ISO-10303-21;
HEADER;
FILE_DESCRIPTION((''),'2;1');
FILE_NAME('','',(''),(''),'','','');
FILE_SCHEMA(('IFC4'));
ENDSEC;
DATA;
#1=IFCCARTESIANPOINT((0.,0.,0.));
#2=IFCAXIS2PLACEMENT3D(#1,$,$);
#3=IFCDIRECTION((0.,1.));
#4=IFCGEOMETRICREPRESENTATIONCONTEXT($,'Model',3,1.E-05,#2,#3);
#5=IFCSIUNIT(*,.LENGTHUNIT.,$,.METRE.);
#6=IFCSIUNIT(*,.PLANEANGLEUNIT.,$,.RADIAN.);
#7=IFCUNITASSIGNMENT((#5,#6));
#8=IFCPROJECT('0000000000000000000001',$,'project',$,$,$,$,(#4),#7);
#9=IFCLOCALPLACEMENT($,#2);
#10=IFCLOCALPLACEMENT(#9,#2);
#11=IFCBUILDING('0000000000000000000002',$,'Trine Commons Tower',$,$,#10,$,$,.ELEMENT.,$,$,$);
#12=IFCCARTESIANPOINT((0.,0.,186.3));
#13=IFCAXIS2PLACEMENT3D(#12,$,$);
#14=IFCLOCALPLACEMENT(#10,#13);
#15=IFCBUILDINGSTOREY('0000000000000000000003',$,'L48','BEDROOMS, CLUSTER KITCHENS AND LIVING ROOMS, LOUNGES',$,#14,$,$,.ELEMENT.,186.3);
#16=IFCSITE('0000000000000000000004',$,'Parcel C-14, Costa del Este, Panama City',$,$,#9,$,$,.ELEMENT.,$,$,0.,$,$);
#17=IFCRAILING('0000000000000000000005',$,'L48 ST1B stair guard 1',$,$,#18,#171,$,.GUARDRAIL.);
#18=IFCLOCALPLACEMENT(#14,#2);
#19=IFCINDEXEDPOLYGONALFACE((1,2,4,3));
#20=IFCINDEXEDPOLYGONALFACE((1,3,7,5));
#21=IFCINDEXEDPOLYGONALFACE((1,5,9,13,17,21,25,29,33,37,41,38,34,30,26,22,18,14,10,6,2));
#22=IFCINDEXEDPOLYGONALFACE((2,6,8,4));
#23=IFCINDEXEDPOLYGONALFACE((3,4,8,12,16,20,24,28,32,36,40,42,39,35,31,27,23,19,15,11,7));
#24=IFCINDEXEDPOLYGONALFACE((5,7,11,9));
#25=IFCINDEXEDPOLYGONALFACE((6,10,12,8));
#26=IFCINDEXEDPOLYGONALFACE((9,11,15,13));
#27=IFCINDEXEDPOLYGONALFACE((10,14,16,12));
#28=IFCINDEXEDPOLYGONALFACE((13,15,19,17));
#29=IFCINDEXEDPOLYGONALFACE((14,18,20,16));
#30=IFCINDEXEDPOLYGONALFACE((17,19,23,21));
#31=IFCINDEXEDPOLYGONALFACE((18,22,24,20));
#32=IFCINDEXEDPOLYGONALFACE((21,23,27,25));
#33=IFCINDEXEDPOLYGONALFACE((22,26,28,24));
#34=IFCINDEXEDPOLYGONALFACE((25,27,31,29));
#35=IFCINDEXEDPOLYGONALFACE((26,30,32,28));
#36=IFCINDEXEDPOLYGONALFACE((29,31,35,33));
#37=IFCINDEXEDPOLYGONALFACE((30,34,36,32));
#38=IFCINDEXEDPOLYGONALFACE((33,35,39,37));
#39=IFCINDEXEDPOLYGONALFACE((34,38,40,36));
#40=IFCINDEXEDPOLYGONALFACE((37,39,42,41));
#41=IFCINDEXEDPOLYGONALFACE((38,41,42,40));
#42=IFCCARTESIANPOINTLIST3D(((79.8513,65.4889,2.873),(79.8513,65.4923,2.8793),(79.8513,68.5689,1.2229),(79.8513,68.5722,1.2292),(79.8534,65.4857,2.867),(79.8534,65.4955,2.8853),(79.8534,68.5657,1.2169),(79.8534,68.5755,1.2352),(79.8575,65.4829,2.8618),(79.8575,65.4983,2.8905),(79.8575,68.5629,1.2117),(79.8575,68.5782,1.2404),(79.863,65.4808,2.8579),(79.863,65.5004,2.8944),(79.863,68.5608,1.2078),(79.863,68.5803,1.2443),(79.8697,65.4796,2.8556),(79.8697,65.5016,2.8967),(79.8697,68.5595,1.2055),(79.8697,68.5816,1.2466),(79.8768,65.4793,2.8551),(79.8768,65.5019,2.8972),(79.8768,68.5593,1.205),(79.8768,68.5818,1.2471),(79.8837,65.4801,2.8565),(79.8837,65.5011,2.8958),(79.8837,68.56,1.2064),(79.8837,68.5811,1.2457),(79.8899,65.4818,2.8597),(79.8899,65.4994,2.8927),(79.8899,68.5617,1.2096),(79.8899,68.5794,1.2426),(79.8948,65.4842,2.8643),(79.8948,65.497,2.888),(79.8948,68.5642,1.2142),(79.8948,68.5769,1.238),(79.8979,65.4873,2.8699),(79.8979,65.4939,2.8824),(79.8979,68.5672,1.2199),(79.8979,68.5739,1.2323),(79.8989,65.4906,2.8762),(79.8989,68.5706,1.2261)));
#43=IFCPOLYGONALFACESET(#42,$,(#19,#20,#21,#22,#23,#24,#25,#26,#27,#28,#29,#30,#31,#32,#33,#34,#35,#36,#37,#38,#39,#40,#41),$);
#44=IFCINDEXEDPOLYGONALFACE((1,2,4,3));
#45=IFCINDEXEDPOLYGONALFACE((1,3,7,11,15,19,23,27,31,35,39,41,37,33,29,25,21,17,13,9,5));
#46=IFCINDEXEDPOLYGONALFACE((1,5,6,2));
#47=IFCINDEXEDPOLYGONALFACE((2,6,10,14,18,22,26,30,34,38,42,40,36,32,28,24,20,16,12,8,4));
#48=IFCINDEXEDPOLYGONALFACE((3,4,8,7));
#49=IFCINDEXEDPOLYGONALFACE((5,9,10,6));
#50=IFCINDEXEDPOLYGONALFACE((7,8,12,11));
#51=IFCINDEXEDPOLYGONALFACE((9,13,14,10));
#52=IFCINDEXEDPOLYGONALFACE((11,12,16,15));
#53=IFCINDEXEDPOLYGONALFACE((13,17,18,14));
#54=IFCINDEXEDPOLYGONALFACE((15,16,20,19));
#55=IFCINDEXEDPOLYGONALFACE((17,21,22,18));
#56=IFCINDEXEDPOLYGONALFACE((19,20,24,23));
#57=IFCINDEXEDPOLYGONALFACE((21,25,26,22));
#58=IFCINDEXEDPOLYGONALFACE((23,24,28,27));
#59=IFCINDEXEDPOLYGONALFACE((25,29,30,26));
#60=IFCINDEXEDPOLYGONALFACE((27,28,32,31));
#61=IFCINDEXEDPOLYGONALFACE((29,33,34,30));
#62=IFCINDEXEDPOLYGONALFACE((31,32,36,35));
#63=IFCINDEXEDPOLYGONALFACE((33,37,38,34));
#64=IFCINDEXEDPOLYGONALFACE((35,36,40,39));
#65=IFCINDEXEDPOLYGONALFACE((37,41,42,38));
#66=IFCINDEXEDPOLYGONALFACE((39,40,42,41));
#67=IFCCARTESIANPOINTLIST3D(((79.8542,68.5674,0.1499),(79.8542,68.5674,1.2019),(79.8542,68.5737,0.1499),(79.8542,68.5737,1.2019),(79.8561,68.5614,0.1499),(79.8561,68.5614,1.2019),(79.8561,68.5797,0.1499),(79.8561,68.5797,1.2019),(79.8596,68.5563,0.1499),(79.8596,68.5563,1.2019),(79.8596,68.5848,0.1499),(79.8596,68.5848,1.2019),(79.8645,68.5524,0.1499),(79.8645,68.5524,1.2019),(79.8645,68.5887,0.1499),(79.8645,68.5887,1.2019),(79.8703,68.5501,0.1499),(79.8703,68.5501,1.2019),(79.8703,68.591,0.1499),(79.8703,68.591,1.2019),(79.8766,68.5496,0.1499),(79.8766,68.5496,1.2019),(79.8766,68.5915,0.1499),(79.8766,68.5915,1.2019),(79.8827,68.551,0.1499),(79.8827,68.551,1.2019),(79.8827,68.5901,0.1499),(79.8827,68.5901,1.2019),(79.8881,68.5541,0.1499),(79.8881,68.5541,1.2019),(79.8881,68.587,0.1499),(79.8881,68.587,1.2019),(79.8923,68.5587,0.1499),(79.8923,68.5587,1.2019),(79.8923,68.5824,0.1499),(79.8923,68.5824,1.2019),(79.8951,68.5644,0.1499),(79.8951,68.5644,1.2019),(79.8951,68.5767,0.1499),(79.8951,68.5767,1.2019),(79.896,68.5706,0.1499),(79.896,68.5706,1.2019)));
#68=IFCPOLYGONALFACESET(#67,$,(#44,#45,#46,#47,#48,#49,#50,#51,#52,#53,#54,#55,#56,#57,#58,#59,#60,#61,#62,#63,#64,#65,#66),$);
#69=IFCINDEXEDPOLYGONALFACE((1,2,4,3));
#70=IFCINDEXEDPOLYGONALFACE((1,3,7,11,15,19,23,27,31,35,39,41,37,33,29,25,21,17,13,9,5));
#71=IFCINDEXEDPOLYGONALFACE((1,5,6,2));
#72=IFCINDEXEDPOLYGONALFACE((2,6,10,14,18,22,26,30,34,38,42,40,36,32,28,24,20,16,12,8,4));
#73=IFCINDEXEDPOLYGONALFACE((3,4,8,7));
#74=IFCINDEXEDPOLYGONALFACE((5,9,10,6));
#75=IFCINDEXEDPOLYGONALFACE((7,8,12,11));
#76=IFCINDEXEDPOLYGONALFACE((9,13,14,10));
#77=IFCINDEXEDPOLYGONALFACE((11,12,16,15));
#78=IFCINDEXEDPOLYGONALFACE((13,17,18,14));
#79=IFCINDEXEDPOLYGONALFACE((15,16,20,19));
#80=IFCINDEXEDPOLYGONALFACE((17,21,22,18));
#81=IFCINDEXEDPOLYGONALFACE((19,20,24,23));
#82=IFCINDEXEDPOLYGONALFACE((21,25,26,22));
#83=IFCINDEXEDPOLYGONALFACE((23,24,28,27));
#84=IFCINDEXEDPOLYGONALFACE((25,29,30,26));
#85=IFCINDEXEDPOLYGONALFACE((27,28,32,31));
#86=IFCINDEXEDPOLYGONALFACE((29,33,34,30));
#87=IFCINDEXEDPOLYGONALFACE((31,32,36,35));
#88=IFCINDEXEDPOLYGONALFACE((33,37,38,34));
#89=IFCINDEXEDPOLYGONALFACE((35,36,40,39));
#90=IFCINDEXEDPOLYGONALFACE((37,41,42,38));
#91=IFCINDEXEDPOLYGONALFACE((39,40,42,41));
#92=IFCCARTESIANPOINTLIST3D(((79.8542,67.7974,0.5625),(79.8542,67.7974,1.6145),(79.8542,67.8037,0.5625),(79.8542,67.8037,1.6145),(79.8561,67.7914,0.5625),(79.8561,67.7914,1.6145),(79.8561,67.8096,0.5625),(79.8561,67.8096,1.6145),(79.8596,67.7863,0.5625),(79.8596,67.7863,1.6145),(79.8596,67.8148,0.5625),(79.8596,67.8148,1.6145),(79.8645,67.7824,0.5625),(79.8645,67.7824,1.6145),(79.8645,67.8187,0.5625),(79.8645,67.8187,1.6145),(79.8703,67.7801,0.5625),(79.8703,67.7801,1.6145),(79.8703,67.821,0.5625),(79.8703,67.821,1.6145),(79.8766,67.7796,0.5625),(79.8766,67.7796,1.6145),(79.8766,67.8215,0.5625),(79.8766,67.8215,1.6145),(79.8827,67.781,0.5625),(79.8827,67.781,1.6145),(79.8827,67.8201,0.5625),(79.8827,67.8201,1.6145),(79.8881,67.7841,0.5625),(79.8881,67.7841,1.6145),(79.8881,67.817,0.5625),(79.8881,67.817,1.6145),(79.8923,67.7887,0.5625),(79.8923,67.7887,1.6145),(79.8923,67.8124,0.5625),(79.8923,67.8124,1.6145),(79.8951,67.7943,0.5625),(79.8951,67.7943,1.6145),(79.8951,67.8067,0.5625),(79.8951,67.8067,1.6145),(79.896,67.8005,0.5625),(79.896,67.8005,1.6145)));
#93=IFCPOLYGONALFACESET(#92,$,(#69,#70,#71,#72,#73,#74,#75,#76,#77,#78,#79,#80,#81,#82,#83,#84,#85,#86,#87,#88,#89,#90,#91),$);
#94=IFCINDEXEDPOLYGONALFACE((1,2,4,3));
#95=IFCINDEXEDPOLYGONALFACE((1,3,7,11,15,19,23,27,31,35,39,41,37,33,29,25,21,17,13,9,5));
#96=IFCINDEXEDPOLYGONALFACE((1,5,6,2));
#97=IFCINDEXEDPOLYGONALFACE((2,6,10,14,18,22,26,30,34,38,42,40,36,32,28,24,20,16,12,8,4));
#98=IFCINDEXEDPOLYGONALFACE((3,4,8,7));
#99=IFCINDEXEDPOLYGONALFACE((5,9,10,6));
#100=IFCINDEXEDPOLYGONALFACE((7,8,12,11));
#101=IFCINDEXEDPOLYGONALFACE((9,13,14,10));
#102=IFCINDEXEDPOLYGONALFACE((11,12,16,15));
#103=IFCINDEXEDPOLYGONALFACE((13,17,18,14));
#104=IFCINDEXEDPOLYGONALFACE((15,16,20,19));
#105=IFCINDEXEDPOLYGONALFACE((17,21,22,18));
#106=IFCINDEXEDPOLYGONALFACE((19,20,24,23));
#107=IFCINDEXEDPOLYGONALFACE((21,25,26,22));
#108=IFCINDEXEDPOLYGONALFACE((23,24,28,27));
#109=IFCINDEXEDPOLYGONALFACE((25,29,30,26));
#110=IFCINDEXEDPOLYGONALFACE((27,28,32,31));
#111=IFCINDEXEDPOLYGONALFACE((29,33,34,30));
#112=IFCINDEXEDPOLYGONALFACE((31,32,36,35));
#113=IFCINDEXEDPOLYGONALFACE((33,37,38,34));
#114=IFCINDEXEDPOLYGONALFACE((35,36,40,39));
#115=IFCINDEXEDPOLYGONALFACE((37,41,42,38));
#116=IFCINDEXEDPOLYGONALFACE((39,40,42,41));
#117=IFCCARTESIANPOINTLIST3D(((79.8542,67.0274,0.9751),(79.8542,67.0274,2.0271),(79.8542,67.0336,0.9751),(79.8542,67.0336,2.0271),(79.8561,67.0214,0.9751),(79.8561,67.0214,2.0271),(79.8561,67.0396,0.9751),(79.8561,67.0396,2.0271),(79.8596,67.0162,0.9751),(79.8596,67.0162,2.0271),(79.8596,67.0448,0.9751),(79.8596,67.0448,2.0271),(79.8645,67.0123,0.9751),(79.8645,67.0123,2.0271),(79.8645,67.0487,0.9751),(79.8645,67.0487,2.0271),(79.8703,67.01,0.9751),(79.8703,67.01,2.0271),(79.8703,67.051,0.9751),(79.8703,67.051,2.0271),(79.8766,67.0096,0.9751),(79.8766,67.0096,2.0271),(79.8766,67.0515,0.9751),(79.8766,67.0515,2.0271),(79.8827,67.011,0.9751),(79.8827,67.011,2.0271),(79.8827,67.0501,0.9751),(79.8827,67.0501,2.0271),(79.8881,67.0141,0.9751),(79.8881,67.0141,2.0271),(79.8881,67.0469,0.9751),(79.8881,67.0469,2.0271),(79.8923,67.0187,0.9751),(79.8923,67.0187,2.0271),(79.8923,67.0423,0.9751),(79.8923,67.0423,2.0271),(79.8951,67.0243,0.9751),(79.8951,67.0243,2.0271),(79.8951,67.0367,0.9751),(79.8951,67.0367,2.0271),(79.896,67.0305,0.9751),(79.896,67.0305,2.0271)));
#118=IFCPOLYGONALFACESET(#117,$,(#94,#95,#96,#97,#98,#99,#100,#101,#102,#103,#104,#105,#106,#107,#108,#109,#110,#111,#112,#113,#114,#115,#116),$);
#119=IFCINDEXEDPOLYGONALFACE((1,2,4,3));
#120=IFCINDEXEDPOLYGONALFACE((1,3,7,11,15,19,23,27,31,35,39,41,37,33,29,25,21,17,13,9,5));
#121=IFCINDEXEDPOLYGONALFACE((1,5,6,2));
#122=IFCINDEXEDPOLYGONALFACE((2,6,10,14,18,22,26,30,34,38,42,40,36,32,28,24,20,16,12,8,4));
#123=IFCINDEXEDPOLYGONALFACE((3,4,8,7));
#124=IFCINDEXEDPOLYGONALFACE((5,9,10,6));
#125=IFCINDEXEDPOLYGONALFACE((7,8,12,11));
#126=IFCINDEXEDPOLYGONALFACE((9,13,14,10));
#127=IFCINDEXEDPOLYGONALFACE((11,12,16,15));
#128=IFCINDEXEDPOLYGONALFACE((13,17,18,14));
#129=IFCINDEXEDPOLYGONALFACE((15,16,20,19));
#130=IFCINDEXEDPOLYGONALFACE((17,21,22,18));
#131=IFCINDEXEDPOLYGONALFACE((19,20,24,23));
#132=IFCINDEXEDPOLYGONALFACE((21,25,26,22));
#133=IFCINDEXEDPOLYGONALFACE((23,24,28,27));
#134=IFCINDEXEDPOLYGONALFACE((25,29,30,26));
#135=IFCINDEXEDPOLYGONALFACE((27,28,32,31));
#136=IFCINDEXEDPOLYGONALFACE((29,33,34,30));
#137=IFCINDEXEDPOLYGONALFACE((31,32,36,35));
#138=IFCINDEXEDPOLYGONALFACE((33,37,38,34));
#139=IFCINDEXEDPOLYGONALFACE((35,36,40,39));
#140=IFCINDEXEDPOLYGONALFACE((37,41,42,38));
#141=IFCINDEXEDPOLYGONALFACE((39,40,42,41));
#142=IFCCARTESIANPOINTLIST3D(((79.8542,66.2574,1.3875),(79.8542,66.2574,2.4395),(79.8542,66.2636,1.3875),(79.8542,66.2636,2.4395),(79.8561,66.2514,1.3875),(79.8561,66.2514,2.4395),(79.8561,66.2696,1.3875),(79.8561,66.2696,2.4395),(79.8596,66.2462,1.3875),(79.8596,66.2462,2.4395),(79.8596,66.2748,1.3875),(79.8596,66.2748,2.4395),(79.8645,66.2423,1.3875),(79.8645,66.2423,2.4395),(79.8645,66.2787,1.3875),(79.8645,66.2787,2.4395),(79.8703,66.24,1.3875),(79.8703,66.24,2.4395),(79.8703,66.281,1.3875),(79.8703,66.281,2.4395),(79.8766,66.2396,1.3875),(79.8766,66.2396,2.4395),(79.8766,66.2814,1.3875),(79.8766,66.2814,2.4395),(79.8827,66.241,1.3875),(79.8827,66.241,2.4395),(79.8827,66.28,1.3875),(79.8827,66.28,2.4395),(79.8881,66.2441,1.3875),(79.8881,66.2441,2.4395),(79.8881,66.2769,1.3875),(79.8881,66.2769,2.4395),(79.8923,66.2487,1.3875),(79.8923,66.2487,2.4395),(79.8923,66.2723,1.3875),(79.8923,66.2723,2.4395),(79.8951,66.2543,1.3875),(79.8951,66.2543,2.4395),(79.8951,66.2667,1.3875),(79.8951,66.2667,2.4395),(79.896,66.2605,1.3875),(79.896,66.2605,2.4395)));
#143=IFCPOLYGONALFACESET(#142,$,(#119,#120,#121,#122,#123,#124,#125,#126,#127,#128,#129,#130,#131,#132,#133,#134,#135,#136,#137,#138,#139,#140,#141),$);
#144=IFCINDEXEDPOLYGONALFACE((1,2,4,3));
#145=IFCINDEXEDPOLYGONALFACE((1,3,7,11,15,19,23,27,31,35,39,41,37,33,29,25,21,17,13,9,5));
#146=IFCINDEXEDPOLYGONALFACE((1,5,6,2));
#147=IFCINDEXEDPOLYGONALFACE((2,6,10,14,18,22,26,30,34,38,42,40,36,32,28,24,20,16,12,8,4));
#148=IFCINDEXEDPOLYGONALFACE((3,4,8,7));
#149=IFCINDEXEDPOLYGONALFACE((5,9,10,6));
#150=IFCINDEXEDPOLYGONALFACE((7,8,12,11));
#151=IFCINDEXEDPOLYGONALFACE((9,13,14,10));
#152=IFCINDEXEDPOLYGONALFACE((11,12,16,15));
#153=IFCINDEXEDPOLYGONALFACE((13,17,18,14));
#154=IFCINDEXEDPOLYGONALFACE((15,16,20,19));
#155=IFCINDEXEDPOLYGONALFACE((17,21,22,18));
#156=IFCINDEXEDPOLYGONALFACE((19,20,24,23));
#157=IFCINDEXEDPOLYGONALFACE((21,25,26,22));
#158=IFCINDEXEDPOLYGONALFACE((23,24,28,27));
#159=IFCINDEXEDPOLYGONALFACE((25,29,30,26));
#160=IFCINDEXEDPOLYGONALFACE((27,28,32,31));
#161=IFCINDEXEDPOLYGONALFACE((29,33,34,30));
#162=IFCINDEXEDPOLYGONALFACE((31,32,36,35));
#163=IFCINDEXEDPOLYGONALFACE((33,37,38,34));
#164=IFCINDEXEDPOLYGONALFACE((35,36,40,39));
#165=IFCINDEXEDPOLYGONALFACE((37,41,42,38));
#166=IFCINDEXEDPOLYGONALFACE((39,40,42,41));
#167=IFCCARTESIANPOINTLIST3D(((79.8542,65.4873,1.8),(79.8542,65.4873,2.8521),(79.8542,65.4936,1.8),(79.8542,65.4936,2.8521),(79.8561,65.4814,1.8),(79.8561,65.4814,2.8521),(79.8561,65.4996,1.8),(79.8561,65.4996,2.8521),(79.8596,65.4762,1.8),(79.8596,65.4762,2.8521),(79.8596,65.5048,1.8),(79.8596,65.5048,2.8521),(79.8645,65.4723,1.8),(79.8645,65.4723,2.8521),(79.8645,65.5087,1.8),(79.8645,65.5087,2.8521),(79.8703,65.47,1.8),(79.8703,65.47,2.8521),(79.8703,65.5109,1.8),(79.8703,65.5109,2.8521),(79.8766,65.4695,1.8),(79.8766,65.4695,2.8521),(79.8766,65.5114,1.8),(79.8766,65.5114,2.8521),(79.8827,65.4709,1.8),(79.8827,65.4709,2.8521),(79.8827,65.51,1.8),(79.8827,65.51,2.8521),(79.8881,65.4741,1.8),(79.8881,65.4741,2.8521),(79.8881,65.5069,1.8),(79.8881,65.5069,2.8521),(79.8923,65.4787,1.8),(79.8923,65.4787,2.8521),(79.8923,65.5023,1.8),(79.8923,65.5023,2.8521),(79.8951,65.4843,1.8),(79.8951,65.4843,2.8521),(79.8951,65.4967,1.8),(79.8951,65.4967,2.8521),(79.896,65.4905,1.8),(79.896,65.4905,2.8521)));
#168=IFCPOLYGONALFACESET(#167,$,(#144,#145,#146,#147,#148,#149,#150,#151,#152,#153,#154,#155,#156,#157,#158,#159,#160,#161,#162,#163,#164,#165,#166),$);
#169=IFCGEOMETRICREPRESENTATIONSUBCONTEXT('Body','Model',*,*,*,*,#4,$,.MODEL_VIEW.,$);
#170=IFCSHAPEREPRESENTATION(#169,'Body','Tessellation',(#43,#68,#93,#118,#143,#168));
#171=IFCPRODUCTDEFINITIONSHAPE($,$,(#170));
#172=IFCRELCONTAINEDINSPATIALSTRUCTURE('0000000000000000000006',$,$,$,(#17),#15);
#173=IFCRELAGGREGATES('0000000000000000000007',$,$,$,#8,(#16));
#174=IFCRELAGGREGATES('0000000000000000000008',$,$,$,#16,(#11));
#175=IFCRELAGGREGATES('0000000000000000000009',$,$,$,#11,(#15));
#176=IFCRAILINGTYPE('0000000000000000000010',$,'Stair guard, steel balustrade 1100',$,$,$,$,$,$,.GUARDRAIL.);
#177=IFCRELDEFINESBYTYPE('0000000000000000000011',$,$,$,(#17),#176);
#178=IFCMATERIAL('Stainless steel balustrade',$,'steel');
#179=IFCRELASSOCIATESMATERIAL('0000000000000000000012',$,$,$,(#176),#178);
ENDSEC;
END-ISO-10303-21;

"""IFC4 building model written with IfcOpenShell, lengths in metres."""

from ifc_helpers import new_model, si_unit, direction, frame, origin, origin_2d, place, context, subcontext, project, spatial, circle, extrude, material, type_object, element, save


model = new_model("IFC4")

# Units and contexts
model_context = context("Model", 3, precision=1e-05, world=origin(), true_north=direction((0.0, 1.0)))
body_context = subcontext(model_context, "Body", "Model", "MODEL_VIEW")
ifc_project = project(units=[si_unit("LENGTHUNIT", "METRE"), si_unit("PLANEANGLEUNIT", "RADIAN")], contexts=[model_context])

# Site, building, storey
site_placement = place(None, origin())
site = spatial("IfcSite", under=ifc_project, at=site_placement, Name="Parcel C-14, Costa del Este, Panama City", CompositionType="ELEMENT", RefElevation=0.0)
building_placement = place(site_placement, origin())
building = spatial("IfcBuilding", under=site, at=building_placement, Name="Trine Commons Tower", CompositionType="ELEMENT")
storey_placement = place(building_placement, frame((0.0, 0.0, 186.3)))
storey = spatial("IfcBuildingStorey", under=building, at=storey_placement, Name="L48", Description="BEDROOMS, CLUSTER KITCHENS AND LIVING ROOMS, LOUNGES", CompositionType="ELEMENT", Elevation=186.3)

# Railing
ifc_material_1 = material(Name="Stainless steel balustrade", Category="steel")
railing_type_1 = type_object("IfcRailingType", Name="Stair guard, steel balustrade 1100", PredefinedType="GUARDRAIL", material=ifc_material_1)
railing_1_placement = place(storey_placement, frame((79.875, 68.5706, 0.1499)))
element("IfcRailing", 1, at=railing_1_placement, inside=storey, type_object=railing_type_1, Name="L48 ST1B stair guard 1", PredefinedType="GUARDRAIL", context=body_context, shape_type="SweptSolid", body=[
    extrude(circle(Radius=0.0239, at=origin_2d()), frame((0.0, 0.0, 1.0762), z_axis=(0.0, -0.881468, 0.472245), x_axis=(1.0, 0.0, 0.0)), (0.0, 0.0, 1.0), 3.4941),
    extrude(circle(Radius=0.021, at=origin_2d()), origin(), (0.0, 0.0, 1.0), 1.052),
    extrude(circle(Radius=0.021, at=origin_2d()), frame((0.0, -0.77, 0.4126)), (0.0, 0.0, 1.0), 1.052),
    extrude(circle(Radius=0.021, at=origin_2d()), frame((0.0, -1.54, 0.8252)), (0.0, 0.0, 1.0), 1.052),
    extrude(circle(Radius=0.021, at=origin_2d()), frame((0.0, -2.3101, 1.2375)), (0.0, 0.0, 1.0), 1.052),
    extrude(circle(Radius=0.021, at=origin_2d()), frame((0.0, -3.0801, 1.6501)), (0.0, 0.0, 1.0), 1.052),
])

save(model, "model.ifc")
